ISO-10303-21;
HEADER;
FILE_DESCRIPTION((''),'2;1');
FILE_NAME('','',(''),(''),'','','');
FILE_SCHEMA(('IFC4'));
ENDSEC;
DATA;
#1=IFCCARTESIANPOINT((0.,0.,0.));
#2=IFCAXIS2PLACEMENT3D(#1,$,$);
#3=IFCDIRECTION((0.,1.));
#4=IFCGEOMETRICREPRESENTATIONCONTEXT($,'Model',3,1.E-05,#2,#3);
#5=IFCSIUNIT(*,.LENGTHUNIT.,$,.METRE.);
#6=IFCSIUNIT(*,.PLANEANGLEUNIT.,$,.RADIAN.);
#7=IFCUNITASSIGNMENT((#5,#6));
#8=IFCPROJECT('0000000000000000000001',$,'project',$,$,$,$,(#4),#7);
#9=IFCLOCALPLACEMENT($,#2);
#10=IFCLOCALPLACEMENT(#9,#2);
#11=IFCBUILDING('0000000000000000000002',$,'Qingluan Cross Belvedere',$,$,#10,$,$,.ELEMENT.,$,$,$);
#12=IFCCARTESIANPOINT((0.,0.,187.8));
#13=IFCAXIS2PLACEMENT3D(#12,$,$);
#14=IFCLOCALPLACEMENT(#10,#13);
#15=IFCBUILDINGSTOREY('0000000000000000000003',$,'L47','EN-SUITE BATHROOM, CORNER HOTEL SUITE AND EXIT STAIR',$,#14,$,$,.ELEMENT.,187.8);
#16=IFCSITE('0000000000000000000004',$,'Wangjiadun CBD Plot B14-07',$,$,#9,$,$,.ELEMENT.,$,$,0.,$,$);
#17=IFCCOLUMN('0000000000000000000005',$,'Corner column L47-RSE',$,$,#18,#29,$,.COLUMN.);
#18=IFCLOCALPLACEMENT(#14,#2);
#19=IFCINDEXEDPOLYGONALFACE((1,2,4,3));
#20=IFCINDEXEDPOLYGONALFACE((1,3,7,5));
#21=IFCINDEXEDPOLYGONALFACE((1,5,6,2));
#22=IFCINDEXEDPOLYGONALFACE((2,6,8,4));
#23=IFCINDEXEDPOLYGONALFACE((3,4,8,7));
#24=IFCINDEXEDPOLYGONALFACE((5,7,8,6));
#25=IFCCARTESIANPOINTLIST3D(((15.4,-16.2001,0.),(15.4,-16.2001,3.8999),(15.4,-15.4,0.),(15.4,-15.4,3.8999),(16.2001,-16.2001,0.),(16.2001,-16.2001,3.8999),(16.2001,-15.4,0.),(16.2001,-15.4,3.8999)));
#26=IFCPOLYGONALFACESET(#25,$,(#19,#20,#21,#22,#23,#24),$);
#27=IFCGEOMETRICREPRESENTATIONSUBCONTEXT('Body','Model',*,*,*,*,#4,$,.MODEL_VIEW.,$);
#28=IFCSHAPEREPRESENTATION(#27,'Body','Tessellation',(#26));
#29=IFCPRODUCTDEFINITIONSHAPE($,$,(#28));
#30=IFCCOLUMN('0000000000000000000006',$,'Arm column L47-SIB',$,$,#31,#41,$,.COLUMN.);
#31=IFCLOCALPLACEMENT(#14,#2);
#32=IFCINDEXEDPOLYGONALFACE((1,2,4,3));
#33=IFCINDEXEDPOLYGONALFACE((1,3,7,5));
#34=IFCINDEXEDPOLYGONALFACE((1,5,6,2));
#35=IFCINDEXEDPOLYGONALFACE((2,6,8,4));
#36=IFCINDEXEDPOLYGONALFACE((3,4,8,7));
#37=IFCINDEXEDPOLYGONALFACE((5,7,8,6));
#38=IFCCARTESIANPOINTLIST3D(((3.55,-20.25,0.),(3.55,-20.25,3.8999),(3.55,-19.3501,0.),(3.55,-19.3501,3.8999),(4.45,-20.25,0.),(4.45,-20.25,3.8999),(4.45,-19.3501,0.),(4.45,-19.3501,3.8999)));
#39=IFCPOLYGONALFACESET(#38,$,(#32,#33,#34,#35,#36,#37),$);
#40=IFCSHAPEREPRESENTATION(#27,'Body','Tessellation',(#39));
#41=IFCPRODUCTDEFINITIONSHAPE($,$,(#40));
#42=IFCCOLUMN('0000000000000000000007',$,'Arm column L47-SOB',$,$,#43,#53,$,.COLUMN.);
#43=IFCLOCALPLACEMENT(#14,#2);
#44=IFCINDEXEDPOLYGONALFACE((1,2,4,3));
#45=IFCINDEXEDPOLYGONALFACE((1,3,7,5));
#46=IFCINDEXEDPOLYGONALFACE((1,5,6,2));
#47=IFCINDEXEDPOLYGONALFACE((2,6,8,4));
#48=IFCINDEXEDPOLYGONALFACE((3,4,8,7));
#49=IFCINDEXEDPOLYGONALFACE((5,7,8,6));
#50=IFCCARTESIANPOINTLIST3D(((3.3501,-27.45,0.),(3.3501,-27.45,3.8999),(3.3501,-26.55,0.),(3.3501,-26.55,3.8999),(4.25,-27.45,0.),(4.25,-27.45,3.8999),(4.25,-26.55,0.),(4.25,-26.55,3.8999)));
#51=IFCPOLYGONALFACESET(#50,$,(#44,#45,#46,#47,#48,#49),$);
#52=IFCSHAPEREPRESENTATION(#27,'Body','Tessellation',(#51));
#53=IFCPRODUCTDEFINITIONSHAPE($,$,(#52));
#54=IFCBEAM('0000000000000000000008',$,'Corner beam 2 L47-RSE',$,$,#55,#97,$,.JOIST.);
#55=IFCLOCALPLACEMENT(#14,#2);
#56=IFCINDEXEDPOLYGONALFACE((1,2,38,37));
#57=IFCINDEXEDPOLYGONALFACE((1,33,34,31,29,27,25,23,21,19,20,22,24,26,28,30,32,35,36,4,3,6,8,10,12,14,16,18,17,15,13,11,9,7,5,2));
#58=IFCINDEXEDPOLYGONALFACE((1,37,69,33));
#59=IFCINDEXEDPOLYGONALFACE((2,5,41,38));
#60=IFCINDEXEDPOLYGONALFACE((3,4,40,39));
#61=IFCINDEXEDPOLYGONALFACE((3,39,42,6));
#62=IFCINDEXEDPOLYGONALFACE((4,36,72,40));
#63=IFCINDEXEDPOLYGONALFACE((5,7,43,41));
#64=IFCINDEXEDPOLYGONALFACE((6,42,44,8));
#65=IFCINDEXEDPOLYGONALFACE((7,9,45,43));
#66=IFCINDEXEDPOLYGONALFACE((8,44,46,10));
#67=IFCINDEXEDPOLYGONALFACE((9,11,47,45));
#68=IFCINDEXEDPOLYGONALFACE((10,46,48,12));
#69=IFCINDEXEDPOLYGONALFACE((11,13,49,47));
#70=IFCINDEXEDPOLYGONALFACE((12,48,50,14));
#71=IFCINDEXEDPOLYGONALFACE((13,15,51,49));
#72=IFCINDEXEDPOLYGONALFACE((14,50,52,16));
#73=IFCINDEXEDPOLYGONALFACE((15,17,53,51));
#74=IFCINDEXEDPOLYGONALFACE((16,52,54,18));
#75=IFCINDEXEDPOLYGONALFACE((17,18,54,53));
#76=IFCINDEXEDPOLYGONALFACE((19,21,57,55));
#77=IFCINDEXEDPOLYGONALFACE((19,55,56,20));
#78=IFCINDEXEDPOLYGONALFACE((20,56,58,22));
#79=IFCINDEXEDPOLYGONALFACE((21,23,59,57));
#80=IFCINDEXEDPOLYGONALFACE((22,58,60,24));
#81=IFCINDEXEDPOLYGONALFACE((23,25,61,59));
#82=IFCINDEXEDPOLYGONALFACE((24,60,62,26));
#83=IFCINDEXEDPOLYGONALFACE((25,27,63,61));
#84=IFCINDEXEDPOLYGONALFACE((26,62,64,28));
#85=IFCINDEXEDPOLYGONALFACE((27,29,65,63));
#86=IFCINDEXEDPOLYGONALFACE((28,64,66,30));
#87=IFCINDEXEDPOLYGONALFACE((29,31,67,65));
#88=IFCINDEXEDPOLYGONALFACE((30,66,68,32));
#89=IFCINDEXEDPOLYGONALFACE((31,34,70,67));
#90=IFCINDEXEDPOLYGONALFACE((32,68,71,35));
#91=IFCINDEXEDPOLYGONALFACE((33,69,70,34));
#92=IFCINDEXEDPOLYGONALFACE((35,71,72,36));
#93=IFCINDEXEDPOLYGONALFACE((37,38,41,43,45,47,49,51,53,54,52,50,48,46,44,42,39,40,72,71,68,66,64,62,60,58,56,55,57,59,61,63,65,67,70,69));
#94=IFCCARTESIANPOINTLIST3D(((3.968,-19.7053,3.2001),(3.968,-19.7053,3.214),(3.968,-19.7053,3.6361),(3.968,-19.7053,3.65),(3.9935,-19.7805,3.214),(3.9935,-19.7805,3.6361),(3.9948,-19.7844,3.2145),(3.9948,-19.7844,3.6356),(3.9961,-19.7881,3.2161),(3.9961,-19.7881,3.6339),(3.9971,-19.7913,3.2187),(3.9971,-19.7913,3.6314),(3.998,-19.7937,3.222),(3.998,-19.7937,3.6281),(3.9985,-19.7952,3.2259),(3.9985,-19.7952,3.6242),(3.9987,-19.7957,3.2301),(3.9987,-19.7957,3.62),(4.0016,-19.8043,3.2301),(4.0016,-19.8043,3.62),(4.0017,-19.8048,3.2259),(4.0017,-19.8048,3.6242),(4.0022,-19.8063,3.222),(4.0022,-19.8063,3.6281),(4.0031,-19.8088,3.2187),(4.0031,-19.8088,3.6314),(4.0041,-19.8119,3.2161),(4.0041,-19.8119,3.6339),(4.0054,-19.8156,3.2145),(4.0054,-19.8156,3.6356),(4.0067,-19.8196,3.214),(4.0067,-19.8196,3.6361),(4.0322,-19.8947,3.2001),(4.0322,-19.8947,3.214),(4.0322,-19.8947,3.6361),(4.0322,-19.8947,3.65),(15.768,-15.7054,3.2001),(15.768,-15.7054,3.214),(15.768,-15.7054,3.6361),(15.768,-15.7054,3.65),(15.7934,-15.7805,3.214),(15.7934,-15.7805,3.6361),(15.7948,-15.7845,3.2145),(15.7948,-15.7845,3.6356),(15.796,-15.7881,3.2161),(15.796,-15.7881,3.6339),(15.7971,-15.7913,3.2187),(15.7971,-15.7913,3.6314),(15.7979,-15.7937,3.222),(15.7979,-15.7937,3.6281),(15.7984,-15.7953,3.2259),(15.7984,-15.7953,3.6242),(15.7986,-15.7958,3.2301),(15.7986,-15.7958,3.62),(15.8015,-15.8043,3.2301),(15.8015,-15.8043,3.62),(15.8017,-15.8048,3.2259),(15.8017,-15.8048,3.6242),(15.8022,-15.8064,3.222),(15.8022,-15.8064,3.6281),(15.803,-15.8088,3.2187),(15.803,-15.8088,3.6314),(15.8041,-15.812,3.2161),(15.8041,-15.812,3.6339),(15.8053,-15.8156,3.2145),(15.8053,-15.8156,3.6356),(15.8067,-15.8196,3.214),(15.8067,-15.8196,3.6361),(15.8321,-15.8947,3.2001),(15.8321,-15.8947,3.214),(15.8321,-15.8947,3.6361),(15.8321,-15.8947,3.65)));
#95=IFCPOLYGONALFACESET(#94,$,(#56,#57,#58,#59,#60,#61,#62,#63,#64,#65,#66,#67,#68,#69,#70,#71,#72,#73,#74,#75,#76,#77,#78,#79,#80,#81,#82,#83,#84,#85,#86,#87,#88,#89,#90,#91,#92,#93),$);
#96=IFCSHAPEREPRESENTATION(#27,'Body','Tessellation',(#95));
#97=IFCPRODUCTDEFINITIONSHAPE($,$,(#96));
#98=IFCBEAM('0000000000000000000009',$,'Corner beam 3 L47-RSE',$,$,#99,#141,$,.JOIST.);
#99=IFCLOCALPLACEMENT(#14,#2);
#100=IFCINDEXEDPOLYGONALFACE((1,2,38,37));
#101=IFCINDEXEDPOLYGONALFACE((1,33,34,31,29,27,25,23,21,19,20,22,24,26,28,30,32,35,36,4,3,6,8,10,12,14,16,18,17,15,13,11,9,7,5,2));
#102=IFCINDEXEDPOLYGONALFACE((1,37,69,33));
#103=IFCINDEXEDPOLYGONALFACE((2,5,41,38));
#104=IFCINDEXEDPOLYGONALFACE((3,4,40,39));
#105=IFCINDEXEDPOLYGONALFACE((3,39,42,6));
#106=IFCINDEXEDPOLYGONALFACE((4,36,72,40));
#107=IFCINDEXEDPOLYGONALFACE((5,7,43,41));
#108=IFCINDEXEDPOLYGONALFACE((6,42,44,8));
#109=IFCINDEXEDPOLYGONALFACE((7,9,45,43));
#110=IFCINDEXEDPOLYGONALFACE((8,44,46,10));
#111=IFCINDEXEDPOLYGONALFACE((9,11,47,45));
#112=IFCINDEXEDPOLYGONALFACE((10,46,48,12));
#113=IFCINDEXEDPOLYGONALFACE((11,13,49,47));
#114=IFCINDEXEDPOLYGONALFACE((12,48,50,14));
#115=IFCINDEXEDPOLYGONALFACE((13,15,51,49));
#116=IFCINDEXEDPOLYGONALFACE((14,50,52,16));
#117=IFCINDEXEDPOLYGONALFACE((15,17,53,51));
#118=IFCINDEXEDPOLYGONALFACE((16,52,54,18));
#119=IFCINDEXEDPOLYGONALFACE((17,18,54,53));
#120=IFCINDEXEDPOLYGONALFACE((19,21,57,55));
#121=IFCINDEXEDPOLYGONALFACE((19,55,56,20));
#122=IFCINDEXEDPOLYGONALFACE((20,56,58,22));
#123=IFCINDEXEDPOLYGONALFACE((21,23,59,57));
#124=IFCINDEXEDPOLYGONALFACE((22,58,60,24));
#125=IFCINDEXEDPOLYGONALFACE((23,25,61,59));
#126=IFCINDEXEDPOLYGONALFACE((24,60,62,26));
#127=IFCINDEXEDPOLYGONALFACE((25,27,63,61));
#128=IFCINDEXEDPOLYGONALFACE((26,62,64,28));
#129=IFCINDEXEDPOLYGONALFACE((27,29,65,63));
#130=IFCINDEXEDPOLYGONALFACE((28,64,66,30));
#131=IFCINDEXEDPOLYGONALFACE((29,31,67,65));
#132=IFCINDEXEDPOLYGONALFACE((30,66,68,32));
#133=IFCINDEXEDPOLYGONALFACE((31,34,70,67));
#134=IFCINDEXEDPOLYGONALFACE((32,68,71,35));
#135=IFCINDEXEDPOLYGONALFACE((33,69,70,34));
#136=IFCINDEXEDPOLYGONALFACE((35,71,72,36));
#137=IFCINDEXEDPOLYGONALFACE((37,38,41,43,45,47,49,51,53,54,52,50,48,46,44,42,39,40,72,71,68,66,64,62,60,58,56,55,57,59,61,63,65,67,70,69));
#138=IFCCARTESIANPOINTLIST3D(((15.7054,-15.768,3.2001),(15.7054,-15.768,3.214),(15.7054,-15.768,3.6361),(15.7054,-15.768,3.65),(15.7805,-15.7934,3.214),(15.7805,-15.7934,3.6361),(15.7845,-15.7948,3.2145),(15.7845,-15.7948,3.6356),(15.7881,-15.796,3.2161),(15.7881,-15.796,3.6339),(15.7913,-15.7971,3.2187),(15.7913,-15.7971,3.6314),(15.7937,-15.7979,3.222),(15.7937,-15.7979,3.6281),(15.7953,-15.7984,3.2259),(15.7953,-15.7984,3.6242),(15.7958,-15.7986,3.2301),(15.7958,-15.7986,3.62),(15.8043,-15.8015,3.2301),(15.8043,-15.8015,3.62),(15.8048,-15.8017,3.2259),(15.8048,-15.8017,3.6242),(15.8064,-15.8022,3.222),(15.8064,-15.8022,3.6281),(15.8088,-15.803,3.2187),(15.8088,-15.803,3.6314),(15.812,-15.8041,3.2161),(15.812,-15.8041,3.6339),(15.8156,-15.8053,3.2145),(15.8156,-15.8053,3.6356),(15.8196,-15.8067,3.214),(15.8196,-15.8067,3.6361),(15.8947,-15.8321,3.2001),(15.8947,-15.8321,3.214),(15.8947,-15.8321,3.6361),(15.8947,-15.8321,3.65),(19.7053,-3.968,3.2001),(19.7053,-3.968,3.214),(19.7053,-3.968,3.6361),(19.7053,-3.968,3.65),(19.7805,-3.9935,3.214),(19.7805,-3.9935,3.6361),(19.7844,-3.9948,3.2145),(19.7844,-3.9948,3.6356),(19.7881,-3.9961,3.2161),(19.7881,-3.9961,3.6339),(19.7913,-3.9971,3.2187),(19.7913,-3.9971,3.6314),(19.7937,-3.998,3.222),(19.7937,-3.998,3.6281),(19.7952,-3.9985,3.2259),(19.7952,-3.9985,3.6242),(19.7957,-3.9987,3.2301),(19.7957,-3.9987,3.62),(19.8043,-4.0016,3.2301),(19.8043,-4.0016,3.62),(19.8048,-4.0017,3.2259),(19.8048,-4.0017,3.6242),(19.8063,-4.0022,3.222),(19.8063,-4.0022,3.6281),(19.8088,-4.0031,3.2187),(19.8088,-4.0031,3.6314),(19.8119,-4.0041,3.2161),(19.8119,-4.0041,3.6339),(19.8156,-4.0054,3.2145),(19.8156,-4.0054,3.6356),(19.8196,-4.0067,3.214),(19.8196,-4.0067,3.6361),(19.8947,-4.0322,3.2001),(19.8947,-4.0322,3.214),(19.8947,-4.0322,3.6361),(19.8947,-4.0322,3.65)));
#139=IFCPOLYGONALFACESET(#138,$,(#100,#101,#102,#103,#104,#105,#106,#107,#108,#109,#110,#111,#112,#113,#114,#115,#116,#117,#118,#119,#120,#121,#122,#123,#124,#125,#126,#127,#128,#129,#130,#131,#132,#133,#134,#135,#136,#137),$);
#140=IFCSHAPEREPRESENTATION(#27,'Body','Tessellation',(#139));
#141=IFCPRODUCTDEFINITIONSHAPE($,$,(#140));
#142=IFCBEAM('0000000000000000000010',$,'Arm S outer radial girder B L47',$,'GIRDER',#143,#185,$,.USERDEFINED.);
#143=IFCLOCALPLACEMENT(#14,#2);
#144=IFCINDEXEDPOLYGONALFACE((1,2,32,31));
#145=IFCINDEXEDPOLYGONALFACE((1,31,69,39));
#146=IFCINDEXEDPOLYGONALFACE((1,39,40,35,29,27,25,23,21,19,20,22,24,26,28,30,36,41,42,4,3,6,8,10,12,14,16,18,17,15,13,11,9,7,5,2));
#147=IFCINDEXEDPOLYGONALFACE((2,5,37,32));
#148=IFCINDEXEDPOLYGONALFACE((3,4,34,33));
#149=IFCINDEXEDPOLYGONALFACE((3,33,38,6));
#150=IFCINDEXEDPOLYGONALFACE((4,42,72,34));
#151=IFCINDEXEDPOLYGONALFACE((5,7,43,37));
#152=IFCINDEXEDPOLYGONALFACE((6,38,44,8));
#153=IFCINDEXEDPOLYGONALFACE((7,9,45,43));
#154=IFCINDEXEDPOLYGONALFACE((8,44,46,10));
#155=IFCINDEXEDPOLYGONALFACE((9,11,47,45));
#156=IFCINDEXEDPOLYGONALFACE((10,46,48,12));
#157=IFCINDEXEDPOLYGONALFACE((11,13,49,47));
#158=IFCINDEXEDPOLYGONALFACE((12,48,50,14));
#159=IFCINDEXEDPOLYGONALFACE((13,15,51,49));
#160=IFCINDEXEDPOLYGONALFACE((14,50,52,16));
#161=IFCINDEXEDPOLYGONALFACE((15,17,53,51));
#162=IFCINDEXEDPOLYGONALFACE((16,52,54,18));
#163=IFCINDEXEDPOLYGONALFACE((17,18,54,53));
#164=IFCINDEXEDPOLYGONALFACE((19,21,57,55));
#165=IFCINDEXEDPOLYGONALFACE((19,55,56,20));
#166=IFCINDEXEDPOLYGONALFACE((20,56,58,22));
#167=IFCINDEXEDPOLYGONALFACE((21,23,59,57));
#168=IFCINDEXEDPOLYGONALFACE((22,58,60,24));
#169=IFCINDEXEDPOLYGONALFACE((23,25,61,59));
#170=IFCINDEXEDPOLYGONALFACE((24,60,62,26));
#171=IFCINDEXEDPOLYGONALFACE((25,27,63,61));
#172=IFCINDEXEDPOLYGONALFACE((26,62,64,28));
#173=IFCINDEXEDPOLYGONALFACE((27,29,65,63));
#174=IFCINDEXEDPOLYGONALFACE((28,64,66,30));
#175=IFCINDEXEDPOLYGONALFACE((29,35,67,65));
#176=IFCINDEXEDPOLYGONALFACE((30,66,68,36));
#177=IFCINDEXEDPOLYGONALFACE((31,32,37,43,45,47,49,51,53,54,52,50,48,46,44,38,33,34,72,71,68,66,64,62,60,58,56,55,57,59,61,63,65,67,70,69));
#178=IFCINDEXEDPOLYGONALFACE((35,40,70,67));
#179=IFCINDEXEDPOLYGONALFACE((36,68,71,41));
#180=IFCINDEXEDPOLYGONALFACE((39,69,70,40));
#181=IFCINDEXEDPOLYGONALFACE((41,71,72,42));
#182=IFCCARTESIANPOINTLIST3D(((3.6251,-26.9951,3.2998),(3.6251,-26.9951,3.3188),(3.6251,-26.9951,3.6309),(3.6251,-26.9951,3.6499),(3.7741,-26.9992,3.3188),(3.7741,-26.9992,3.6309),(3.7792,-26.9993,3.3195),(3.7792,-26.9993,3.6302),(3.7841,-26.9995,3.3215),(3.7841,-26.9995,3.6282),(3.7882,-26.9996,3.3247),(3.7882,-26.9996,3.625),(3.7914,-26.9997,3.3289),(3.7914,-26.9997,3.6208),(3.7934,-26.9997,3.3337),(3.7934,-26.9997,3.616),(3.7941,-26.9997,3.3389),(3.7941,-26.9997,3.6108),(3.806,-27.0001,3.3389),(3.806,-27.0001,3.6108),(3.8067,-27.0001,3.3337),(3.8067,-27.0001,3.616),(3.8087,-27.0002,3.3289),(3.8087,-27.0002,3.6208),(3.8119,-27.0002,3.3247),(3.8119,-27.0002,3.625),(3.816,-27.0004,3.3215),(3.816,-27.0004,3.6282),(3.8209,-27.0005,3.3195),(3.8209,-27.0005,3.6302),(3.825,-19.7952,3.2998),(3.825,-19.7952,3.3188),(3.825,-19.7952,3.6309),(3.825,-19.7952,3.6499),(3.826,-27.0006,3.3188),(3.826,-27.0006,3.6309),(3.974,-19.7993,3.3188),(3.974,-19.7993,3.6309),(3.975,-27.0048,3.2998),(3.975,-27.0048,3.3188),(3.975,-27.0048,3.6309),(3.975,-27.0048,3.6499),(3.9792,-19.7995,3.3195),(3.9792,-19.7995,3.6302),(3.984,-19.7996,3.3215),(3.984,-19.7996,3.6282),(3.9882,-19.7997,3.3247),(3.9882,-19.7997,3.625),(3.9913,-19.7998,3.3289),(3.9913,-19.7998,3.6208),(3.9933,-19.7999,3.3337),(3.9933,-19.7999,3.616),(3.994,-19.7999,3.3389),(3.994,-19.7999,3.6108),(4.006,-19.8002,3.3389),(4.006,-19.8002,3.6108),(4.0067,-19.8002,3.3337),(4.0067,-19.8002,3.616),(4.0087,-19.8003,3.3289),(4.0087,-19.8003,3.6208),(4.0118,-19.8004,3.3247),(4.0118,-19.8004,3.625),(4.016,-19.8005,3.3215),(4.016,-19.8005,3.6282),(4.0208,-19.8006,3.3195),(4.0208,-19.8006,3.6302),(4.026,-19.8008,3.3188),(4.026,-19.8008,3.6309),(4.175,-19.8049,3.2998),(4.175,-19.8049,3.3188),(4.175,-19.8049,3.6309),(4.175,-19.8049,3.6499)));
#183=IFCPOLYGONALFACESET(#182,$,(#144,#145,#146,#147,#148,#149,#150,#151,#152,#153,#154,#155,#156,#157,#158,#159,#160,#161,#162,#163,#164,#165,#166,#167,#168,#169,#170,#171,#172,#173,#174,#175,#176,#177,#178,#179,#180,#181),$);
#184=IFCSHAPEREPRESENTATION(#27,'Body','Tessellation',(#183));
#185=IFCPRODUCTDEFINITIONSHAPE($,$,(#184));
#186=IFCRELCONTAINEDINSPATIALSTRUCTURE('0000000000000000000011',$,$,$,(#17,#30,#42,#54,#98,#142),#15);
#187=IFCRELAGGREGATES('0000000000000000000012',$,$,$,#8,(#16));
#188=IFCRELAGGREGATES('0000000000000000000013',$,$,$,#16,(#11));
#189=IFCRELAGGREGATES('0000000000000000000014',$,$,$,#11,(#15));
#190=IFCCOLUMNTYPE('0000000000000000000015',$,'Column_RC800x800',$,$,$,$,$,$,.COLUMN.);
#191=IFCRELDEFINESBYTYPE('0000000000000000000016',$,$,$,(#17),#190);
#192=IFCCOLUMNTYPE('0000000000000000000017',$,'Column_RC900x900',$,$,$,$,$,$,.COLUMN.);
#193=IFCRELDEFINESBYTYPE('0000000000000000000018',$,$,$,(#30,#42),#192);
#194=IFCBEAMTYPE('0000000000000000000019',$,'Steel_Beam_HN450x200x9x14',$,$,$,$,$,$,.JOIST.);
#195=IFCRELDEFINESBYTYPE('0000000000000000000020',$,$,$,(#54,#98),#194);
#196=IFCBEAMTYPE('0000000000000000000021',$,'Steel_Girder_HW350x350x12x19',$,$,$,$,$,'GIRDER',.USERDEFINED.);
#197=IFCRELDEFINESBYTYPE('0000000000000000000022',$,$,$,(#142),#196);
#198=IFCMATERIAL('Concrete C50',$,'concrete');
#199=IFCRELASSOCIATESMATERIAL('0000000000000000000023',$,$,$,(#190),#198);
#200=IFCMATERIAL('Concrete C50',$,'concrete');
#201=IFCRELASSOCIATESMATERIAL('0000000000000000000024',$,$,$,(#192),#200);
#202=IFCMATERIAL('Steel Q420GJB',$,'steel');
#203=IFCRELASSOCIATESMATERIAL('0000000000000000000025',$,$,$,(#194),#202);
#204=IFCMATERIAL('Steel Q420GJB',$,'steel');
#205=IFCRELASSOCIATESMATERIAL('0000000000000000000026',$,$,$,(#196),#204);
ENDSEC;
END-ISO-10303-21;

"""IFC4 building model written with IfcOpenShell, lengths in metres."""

from ifc_helpers import new_model, si_unit, direction, frame, origin, origin_2d, place, context, subcontext, project, spatial, rectangle, i_section, extrude, material, material_profile, profile_set, type_object, element, save


model = new_model("IFC4")

# Units and contexts
model_context = context("Model", 3, precision=1e-05, world=origin(), true_north=direction((0.0, 1.0)))
body_context = subcontext(model_context, "Body", "Model", "MODEL_VIEW")
ifc_project = project(units=[si_unit("LENGTHUNIT", "METRE"), si_unit("PLANEANGLEUNIT", "RADIAN")], contexts=[model_context])

# Site, building, storey
site_placement = place(None, origin())
site = spatial("IfcSite", under=ifc_project, at=site_placement, Name="Wangjiadun CBD Plot B14-07", CompositionType="ELEMENT", RefElevation=0.0)
building_placement = place(site_placement, origin())
building = spatial("IfcBuilding", under=site, at=building_placement, Name="Qingluan Cross Belvedere", CompositionType="ELEMENT")
storey_placement = place(building_placement, frame((0.0, 0.0, 187.8)))
storey = spatial("IfcBuildingStorey", under=building, at=storey_placement, Name="L47", Description="EN-SUITE BATHROOM, CORNER HOTEL SUITE AND EXIT STAIR", CompositionType="ELEMENT", Elevation=187.8)

# Columns
ifc_material_1 = material(Name="Concrete C50", Category="concrete")
ifc_material_profile_1 = material_profile(ifc_material_1, rectangle(XDim=0.8, YDim=0.8, at=origin_2d()), Name="RC800x800")
ifc_profile_set_1 = profile_set([ifc_material_profile_1], Name="Concrete C50")
column_type_1 = type_object("IfcColumnType", Name="Column_RC800x800", PredefinedType="COLUMN", material=ifc_profile_set_1)
column_placement = place(storey_placement, frame((15.8, -15.8, 0.0), z_axis=(0.0, 0.0, 1.0), x_axis=(1.0, 0.0, 0.0)))
element("IfcColumn", 1, at=column_placement, inside=storey, type_object=column_type_1, Name="Corner column L47-RSE", PredefinedType="COLUMN", context=body_context, shape_type="SweptSolid", body=[
    extrude(rectangle(XDim=0.8, YDim=0.8, at=origin_2d()), origin(), (0.0, 0.0, 1.0), 3.8999),
])
ifc_material_2 = material(Name="Concrete C50", Category="concrete")
ifc_material_profile_2 = material_profile(ifc_material_2, rectangle(XDim=0.8999, YDim=0.8999, at=origin_2d()), Name="RC900x900")
ifc_profile_set_2 = profile_set([ifc_material_profile_2], Name="Concrete C50")
column_type_2 = type_object("IfcColumnType", Name="Column_RC900x900", PredefinedType="COLUMN", material=ifc_profile_set_2)
for number, where, z_axis, x_axis, name in (
    (2, (4.0, -19.8, 0.0), (0.0, 0.0, 1.0), (1.0, 0.0, 0.0), "Arm column L47-SIB"),
    (3, (3.8, -27.0, 0.0), (0.0, 0.0, 1.0), (1.0, 0.0, 0.0), "Arm column L47-SOB"),
):
    element("IfcColumn", number, at=place(storey_placement, frame(where, z_axis=z_axis, x_axis=x_axis)), inside=storey, type_object=column_type_2, Name=name, PredefinedType="COLUMN", context=body_context, shape_type="SweptSolid", body=[
        extrude(rectangle(XDim=0.8999, YDim=0.8999, at=origin_2d()), origin(), (0.0, 0.0, 1.0), 3.8999),
    ])

# Beams
ifc_material_3 = material(Name="Steel Q420GJB", Category="steel")
ifc_material_profile_3 = material_profile(ifc_material_3, i_section(OverallWidth=0.2, OverallDepth=0.45, WebThickness=0.009, FlangeThickness=0.0139, FilletRadius=0.0161, at=origin_2d()), Name="HN450x200x9x14")
ifc_profile_set_3 = profile_set([ifc_material_profile_3], Name="Steel Q420GJB")
beam_type_1 = type_object("IfcBeamType", Name="Steel_Beam_HN450x200x9x14", PredefinedType="JOIST", material=ifc_profile_set_3)
for number, where, z_axis, x_axis, name in (
    (4, (15.8, -15.8, 3.425), (-0.947066, -0.321038, 0.0), (0.321038, -0.947066, 0.0), "Corner beam 2 L47-RSE"),
    (5, (15.8, -15.8, 3.425), (0.321038, 0.947066, 0.0), (-0.947066, 0.321038, 0.0), "Corner beam 3 L47-RSE"),
):
    element("IfcBeam", number, at=place(storey_placement, frame(where, z_axis=z_axis, x_axis=x_axis)), inside=storey, type_object=beam_type_1, Name=name, PredefinedType="JOIST", context=body_context, shape_type="SweptSolid", body=[
        extrude(i_section(OverallWidth=0.2, OverallDepth=0.45, WebThickness=0.009, FlangeThickness=0.0139, FilletRadius=0.0161, at=origin_2d()), origin(), (0.0, 0.0, 1.0), 12.4595),
    ])
ifc_material_4 = material(Name="Steel Q420GJB", Category="steel")
ifc_material_profile_4 = material_profile(ifc_material_4, i_section(OverallWidth=0.3501, OverallDepth=0.3501, WebThickness=0.012, FlangeThickness=0.019, FilletRadius=0.02, at=origin_2d()), Name="HW350x350x12x19")
ifc_profile_set_4 = profile_set([ifc_material_profile_4], Name="Steel Q420GJB")
beam_type_2 = type_object("IfcBeamType", Name="Steel_Girder_HW350x350x12x19", ElementType="GIRDER", PredefinedType="USERDEFINED", material=ifc_profile_set_4)
beam_placement = place(storey_placement, frame((4.0, -19.8, 3.4749), z_axis=(-0.02776, -0.999615, 0.0), x_axis=(0.999615, -0.02776, 0.0)))
element("IfcBeam", 6, at=beam_placement, inside=storey, type_object=beam_type_2, Name="Arm S outer radial girder B L47", ObjectType="GIRDER", PredefinedType="USERDEFINED", context=body_context, shape_type="SweptSolid", body=[
    extrude(i_section(OverallWidth=0.3501, OverallDepth=0.3501, WebThickness=0.012, FlangeThickness=0.019, FilletRadius=0.02, at=origin_2d()), origin(), (0.0, 0.0, 1.0), 7.2026),
])

save(model, "model.ifc")
